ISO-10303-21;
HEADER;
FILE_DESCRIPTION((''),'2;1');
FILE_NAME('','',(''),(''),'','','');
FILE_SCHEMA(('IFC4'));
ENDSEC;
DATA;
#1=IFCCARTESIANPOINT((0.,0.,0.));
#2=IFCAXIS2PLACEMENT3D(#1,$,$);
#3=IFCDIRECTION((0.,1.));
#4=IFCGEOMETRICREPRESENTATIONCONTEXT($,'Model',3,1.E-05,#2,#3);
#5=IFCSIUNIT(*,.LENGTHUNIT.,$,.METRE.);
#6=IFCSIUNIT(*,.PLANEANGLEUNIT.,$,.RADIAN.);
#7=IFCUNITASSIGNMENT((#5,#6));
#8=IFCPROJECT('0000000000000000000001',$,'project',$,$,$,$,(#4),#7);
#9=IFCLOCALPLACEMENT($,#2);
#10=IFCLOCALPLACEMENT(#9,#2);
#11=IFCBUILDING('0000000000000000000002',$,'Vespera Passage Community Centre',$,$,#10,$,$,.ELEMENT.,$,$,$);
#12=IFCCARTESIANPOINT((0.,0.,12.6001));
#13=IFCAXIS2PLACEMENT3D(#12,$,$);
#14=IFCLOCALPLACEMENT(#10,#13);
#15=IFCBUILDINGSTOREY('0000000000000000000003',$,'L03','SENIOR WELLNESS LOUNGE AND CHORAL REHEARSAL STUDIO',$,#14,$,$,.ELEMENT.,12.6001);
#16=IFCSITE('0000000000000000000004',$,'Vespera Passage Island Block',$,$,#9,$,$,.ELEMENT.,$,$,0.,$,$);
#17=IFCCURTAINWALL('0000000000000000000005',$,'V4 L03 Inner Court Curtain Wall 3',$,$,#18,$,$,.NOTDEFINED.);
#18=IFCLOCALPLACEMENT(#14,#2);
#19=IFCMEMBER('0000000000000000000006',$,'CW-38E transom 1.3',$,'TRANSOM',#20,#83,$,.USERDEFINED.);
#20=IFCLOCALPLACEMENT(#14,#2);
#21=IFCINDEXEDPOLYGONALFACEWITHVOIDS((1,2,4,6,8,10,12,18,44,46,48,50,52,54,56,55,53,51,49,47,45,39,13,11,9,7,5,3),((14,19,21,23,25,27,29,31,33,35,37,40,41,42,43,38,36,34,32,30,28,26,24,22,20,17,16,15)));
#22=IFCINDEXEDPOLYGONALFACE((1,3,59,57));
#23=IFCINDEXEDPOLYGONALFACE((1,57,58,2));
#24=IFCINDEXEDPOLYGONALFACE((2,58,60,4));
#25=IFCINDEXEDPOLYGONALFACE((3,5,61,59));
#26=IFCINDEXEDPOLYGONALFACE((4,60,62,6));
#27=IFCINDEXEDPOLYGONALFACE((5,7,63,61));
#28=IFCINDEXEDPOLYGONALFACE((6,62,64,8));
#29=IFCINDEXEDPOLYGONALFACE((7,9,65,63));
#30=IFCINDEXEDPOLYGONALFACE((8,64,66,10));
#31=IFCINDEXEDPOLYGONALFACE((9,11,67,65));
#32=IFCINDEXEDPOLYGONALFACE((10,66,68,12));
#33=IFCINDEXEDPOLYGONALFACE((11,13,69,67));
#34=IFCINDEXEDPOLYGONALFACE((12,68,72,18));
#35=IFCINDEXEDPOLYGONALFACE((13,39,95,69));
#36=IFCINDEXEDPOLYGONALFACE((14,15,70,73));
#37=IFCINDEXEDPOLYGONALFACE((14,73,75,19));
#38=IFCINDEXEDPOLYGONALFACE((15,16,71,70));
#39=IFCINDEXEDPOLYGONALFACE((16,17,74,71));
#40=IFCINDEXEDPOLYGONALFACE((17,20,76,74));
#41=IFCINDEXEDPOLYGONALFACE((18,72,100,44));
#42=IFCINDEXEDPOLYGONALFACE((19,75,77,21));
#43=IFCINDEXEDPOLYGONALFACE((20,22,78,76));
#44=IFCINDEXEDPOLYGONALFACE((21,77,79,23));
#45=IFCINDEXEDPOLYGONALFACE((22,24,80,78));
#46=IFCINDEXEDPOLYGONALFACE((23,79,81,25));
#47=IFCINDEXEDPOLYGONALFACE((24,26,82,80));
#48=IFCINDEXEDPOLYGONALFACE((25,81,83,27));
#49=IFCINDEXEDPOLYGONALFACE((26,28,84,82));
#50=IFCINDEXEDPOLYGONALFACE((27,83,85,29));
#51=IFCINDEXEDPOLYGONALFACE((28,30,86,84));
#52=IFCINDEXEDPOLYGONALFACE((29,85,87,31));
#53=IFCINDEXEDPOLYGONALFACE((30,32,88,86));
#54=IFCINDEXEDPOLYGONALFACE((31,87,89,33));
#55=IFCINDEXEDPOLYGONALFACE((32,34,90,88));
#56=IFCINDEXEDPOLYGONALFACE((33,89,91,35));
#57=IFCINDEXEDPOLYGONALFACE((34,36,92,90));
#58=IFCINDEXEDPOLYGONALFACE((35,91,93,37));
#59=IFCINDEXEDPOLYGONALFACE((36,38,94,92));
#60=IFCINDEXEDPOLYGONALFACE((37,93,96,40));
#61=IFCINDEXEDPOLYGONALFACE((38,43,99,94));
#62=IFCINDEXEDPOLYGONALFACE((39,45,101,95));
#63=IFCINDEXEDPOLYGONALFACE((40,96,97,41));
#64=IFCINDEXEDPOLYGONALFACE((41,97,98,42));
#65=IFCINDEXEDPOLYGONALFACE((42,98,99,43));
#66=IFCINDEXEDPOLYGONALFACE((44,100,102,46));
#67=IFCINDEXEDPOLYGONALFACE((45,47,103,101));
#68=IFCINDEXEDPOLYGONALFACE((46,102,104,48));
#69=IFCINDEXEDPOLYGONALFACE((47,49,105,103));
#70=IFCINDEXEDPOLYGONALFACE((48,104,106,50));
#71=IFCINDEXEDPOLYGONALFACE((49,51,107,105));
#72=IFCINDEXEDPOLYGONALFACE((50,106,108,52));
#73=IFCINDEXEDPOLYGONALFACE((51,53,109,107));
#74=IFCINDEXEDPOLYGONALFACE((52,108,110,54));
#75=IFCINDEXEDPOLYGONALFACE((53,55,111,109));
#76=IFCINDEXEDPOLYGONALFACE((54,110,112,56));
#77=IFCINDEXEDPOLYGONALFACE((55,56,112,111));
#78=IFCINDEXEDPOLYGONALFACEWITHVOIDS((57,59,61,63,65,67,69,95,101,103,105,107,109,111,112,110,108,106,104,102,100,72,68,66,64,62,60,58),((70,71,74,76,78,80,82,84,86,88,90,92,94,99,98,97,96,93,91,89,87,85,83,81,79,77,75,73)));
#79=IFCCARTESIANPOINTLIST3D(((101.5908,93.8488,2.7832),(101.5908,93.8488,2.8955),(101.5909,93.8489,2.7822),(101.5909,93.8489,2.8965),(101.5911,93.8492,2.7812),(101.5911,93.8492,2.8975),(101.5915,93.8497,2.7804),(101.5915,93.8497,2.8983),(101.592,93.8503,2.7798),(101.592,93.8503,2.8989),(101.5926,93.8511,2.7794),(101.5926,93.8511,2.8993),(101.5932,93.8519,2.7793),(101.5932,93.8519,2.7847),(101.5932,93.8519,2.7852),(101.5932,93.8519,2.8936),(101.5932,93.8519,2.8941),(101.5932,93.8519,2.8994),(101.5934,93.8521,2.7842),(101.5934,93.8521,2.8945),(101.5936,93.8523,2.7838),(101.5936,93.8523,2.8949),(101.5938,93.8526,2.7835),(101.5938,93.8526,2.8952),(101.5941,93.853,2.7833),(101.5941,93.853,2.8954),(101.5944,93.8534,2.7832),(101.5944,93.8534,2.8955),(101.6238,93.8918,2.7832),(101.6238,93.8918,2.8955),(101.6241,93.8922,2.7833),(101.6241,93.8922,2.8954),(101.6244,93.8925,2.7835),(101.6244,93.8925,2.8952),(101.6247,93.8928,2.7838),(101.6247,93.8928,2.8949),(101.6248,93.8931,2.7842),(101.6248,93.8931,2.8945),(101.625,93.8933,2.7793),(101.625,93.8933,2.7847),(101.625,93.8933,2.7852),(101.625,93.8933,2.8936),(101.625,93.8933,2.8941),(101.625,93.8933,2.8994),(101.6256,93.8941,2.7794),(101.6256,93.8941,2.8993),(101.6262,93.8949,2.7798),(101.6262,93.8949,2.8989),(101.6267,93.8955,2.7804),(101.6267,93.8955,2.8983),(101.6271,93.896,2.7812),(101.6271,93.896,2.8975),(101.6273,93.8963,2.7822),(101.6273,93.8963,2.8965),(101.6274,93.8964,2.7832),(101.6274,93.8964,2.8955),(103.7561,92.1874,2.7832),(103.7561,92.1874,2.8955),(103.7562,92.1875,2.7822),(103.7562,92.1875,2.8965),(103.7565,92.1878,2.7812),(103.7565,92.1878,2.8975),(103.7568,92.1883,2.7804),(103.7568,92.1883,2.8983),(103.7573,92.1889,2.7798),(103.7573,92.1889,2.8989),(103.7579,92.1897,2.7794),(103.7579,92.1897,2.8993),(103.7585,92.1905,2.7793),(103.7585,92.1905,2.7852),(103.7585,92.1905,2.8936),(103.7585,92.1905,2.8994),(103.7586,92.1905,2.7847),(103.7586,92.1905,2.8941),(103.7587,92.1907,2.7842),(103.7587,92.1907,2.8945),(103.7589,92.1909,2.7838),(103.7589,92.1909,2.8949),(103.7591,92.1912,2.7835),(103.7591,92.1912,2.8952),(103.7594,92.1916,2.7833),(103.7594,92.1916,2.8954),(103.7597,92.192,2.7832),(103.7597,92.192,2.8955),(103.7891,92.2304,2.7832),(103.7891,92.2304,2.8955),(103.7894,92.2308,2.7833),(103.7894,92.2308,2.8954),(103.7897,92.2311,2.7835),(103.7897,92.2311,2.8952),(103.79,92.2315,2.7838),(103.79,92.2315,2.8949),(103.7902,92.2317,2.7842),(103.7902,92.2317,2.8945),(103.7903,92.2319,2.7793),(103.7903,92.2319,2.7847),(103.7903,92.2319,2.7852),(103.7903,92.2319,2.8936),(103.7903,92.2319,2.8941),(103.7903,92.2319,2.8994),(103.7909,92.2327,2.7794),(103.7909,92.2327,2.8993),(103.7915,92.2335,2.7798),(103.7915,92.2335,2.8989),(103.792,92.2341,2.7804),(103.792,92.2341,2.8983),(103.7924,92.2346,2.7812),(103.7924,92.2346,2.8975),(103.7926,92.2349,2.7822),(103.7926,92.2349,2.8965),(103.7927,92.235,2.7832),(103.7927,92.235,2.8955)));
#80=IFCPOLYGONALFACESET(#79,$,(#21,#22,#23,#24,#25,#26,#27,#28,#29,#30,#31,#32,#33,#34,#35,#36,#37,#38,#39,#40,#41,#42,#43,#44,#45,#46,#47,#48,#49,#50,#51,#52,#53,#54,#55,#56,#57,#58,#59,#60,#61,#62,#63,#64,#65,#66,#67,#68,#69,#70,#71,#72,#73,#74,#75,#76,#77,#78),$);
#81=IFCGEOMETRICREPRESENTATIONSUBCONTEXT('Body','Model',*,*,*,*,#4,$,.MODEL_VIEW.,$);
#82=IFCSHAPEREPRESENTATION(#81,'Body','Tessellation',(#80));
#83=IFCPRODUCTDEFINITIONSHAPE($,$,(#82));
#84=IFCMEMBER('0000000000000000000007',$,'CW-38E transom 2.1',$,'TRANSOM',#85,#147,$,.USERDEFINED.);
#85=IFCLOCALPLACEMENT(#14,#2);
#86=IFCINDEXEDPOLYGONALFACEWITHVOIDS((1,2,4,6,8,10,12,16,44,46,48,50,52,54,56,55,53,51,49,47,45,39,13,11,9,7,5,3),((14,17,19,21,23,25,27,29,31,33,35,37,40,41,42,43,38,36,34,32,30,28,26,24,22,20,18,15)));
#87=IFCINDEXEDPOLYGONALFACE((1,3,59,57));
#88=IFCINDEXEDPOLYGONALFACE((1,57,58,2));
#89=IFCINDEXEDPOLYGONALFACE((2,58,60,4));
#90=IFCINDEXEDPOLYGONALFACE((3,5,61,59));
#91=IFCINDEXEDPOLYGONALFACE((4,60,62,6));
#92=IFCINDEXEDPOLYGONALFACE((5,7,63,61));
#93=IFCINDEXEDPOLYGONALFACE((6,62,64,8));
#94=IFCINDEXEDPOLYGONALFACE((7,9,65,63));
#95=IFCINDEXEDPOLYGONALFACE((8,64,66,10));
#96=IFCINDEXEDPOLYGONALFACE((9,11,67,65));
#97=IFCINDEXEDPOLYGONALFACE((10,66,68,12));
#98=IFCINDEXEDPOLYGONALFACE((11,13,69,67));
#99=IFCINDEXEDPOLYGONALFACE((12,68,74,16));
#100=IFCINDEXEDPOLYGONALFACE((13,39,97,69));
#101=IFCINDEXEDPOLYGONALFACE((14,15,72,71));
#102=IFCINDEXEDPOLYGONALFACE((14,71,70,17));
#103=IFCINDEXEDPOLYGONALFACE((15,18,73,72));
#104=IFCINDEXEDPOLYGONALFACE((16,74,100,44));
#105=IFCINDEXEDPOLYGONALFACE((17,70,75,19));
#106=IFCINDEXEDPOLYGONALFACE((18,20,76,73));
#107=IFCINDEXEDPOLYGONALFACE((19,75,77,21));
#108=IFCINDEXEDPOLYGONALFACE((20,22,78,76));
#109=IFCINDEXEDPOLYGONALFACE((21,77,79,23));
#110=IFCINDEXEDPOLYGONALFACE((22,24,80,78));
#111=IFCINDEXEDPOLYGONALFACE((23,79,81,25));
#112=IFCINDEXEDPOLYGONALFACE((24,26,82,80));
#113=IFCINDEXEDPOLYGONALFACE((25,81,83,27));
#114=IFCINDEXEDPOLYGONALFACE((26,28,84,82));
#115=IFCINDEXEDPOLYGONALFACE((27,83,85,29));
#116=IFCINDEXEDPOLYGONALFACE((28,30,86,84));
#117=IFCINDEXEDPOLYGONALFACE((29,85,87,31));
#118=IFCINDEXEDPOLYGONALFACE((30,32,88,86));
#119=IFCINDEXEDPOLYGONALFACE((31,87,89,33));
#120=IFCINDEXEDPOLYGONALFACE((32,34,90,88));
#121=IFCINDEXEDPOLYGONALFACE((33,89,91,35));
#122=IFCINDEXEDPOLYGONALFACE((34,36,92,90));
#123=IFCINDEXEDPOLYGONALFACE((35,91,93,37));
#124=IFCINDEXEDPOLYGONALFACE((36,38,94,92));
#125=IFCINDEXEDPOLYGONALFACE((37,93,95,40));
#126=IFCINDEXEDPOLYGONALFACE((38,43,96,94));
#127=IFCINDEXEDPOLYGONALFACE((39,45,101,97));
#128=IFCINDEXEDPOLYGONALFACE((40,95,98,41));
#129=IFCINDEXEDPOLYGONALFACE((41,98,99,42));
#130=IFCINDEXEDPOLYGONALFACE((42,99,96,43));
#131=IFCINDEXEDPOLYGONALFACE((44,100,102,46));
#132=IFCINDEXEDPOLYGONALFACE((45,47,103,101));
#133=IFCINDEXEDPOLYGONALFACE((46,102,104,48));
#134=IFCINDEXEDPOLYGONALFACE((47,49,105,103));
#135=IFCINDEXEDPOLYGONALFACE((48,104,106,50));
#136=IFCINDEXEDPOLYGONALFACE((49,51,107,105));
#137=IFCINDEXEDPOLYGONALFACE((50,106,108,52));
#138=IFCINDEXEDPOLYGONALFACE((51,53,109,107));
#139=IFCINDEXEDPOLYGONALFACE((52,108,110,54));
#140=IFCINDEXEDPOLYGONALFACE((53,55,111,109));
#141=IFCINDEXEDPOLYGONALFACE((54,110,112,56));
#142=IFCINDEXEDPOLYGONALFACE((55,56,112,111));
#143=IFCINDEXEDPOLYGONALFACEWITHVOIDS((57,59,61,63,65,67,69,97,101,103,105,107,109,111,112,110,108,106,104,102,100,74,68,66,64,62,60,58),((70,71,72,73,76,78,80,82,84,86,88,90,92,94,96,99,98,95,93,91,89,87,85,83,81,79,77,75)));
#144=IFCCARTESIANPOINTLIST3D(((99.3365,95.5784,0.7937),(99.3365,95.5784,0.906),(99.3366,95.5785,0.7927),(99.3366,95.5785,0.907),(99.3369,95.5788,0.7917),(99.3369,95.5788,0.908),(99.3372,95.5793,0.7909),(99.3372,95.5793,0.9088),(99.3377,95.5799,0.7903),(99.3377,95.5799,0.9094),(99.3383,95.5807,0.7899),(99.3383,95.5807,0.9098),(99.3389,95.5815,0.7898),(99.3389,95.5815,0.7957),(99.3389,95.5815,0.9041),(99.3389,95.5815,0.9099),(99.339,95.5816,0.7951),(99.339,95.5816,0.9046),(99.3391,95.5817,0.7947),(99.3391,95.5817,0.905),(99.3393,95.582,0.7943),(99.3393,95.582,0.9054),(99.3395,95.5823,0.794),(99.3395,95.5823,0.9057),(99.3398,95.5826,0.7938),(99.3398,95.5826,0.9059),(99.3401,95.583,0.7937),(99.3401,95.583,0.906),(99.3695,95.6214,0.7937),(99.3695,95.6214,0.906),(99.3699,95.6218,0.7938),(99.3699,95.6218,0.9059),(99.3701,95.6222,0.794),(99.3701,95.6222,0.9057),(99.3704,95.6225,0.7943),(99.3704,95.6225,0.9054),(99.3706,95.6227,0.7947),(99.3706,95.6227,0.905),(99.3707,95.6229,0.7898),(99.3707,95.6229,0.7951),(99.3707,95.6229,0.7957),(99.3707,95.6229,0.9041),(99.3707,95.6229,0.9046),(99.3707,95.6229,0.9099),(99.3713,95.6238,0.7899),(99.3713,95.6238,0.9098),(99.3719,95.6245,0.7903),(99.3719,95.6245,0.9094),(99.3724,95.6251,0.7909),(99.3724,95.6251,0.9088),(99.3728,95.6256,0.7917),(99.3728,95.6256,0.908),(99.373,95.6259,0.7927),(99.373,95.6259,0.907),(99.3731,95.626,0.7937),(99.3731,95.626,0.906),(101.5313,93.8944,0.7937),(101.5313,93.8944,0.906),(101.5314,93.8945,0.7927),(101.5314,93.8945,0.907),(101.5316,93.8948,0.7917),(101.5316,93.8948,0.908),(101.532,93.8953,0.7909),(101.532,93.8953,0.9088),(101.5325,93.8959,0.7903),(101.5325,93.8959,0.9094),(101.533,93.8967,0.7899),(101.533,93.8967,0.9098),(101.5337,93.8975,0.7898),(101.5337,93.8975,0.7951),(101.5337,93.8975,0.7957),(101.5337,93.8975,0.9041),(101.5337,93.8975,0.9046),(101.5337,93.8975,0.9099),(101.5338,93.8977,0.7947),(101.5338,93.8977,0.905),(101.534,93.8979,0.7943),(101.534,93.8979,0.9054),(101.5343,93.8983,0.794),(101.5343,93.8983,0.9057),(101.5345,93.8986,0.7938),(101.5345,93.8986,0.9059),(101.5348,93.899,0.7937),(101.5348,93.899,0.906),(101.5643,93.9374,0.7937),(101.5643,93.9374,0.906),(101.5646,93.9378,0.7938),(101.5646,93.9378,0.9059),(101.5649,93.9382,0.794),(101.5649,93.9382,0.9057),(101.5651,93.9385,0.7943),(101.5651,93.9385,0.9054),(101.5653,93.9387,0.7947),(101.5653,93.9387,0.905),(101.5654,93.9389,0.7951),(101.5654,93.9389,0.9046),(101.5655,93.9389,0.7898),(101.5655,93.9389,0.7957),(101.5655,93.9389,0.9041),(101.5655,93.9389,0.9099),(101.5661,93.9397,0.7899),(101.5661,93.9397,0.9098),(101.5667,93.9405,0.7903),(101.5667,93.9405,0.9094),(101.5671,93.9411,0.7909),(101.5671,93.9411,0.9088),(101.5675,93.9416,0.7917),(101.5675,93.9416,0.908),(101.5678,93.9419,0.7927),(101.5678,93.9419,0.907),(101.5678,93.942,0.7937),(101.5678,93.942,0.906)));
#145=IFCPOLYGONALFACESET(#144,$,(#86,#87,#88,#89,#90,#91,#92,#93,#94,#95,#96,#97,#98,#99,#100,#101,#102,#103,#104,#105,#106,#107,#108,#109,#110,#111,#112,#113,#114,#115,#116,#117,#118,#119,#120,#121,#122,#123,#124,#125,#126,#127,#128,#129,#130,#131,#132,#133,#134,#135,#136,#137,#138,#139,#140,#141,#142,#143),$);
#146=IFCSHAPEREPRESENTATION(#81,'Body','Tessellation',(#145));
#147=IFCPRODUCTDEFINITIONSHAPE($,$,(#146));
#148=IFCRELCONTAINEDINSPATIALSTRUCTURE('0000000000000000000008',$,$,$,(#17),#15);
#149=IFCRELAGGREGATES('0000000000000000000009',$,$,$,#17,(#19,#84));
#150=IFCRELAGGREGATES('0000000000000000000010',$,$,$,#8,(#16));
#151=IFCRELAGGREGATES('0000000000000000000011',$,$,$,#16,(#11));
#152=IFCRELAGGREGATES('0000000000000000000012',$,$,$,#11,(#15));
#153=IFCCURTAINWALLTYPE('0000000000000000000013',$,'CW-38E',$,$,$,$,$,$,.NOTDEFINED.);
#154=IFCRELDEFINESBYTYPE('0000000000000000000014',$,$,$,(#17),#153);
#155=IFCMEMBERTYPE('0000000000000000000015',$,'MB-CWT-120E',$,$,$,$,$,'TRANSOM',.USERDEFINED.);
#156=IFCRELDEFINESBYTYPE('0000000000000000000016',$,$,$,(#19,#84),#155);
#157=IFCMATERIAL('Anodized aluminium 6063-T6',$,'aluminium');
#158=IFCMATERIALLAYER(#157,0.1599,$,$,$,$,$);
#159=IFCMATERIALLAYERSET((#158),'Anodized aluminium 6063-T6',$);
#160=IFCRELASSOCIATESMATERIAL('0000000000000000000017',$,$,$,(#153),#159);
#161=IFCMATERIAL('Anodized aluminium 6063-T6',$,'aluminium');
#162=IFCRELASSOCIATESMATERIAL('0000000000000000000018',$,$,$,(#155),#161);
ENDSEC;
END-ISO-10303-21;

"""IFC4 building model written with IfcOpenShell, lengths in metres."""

from ifc_helpers import new_model, si_unit, direction, frame, origin, origin_2d, place, context, subcontext, project, spatial, hollow_rectangle, extrude, material, layer, layer_set, material_profile, profile_set, type_object, element, aggregate, save


model = new_model("IFC4")

# Units and contexts
model_context = context("Model", 3, precision=1e-05, world=origin(), true_north=direction((0.0, 1.0)))
body_context = subcontext(model_context, "Body", "Model", "MODEL_VIEW")
ifc_project = project(units=[si_unit("LENGTHUNIT", "METRE"), si_unit("PLANEANGLEUNIT", "RADIAN")], contexts=[model_context])

# Site, building, storey
site_placement = place(None, origin())
site = spatial("IfcSite", under=ifc_project, at=site_placement, Name="Vespera Passage Island Block", CompositionType="ELEMENT", RefElevation=0.0)
building_placement = place(site_placement, origin())
building = spatial("IfcBuilding", under=site, at=building_placement, Name="Vespera Passage Community Centre", CompositionType="ELEMENT")
storey_placement = place(building_placement, frame((0.0, 0.0, 12.6001)))
storey = spatial("IfcBuildingStorey", under=building, at=storey_placement, Name="L03", Description="SENIOR WELLNESS LOUNGE AND CHORAL REHEARSAL STUDIO", CompositionType="ELEMENT", Elevation=12.6001)

# Curtain wall, members
ifc_material_1 = material(Name="Anodized aluminium 6063-T6", Category="aluminium")
ifc_layer_1 = layer(ifc_material_1, 0.1599)
ifc_layer_set_1 = layer_set([ifc_layer_1], Name="Anodized aluminium 6063-T6")
curtain_wall_type = type_object("IfcCurtainWallType", Name="CW-38E", PredefinedType="NOTDEFINED", material=ifc_layer_set_1)
curtain_wall_placement = place(storey_placement, origin())
curtain_wall = element("IfcCurtainWall", 1, at=curtain_wall_placement, inside=storey, type_object=curtain_wall_type, Name="V4 L03 Inner Court Curtain Wall 3", PredefinedType="NOTDEFINED")
ifc_material_2 = material(Name="Anodized aluminium 6063-T6", Category="aluminium")
ifc_material_profile_1 = material_profile(ifc_material_2, hollow_rectangle(XDim=0.0601, YDim=0.1201, WallThickness=0.0039, InnerFilletRadius=0.002, OuterFilletRadius=0.0039, at=origin_2d()), Name="ALU120X60X4")
ifc_profile_set_1 = profile_set([ifc_material_profile_1], Name="Anodized aluminium 6063-T6")
member_type_1 = type_object("IfcMemberType", Name="MB-CWT-120E", ElementType="TRANSOM", PredefinedType="USERDEFINED", material=ifc_profile_set_1)
member_1_placement = place(storey_placement, frame((103.7744, 92.2112, 2.8394), z_axis=(-0.793372, 0.608738, 0.0), x_axis=(-0.608738, -0.793372, 0.0)))
member_1 = element("IfcMember", 2, at=member_1_placement, type_object=member_type_1, Name="CW-38E transom 1.3", ObjectType="TRANSOM", PredefinedType="USERDEFINED", context=body_context, shape_type="SweptSolid", body=[
    extrude(hollow_rectangle(XDim=0.0601, YDim=0.1201, WallThickness=0.0039, InnerFilletRadius=0.002, OuterFilletRadius=0.0039, at=origin_2d()), origin(), (0.0, 0.0, 1.0), 2.7292),
])
member_2_placement = place(storey_placement, frame((101.5496, 93.9182, 0.8499), z_axis=(-0.793365, 0.608746, 0.0), x_axis=(-0.608746, -0.793365, 0.0)))
member_2 = element("IfcMember", 3, at=member_2_placement, type_object=member_type_1, Name="CW-38E transom 2.1", ObjectType="TRANSOM", PredefinedType="USERDEFINED", context=body_context, shape_type="SweptSolid", body=[
    extrude(hollow_rectangle(XDim=0.0601, YDim=0.1201, WallThickness=0.0039, InnerFilletRadius=0.002, OuterFilletRadius=0.0039, at=origin_2d()), origin(), (0.0, 0.0, 1.0), 2.7664),
])
aggregate(curtain_wall, [member_1, member_2])

save(model, "model.ifc")
